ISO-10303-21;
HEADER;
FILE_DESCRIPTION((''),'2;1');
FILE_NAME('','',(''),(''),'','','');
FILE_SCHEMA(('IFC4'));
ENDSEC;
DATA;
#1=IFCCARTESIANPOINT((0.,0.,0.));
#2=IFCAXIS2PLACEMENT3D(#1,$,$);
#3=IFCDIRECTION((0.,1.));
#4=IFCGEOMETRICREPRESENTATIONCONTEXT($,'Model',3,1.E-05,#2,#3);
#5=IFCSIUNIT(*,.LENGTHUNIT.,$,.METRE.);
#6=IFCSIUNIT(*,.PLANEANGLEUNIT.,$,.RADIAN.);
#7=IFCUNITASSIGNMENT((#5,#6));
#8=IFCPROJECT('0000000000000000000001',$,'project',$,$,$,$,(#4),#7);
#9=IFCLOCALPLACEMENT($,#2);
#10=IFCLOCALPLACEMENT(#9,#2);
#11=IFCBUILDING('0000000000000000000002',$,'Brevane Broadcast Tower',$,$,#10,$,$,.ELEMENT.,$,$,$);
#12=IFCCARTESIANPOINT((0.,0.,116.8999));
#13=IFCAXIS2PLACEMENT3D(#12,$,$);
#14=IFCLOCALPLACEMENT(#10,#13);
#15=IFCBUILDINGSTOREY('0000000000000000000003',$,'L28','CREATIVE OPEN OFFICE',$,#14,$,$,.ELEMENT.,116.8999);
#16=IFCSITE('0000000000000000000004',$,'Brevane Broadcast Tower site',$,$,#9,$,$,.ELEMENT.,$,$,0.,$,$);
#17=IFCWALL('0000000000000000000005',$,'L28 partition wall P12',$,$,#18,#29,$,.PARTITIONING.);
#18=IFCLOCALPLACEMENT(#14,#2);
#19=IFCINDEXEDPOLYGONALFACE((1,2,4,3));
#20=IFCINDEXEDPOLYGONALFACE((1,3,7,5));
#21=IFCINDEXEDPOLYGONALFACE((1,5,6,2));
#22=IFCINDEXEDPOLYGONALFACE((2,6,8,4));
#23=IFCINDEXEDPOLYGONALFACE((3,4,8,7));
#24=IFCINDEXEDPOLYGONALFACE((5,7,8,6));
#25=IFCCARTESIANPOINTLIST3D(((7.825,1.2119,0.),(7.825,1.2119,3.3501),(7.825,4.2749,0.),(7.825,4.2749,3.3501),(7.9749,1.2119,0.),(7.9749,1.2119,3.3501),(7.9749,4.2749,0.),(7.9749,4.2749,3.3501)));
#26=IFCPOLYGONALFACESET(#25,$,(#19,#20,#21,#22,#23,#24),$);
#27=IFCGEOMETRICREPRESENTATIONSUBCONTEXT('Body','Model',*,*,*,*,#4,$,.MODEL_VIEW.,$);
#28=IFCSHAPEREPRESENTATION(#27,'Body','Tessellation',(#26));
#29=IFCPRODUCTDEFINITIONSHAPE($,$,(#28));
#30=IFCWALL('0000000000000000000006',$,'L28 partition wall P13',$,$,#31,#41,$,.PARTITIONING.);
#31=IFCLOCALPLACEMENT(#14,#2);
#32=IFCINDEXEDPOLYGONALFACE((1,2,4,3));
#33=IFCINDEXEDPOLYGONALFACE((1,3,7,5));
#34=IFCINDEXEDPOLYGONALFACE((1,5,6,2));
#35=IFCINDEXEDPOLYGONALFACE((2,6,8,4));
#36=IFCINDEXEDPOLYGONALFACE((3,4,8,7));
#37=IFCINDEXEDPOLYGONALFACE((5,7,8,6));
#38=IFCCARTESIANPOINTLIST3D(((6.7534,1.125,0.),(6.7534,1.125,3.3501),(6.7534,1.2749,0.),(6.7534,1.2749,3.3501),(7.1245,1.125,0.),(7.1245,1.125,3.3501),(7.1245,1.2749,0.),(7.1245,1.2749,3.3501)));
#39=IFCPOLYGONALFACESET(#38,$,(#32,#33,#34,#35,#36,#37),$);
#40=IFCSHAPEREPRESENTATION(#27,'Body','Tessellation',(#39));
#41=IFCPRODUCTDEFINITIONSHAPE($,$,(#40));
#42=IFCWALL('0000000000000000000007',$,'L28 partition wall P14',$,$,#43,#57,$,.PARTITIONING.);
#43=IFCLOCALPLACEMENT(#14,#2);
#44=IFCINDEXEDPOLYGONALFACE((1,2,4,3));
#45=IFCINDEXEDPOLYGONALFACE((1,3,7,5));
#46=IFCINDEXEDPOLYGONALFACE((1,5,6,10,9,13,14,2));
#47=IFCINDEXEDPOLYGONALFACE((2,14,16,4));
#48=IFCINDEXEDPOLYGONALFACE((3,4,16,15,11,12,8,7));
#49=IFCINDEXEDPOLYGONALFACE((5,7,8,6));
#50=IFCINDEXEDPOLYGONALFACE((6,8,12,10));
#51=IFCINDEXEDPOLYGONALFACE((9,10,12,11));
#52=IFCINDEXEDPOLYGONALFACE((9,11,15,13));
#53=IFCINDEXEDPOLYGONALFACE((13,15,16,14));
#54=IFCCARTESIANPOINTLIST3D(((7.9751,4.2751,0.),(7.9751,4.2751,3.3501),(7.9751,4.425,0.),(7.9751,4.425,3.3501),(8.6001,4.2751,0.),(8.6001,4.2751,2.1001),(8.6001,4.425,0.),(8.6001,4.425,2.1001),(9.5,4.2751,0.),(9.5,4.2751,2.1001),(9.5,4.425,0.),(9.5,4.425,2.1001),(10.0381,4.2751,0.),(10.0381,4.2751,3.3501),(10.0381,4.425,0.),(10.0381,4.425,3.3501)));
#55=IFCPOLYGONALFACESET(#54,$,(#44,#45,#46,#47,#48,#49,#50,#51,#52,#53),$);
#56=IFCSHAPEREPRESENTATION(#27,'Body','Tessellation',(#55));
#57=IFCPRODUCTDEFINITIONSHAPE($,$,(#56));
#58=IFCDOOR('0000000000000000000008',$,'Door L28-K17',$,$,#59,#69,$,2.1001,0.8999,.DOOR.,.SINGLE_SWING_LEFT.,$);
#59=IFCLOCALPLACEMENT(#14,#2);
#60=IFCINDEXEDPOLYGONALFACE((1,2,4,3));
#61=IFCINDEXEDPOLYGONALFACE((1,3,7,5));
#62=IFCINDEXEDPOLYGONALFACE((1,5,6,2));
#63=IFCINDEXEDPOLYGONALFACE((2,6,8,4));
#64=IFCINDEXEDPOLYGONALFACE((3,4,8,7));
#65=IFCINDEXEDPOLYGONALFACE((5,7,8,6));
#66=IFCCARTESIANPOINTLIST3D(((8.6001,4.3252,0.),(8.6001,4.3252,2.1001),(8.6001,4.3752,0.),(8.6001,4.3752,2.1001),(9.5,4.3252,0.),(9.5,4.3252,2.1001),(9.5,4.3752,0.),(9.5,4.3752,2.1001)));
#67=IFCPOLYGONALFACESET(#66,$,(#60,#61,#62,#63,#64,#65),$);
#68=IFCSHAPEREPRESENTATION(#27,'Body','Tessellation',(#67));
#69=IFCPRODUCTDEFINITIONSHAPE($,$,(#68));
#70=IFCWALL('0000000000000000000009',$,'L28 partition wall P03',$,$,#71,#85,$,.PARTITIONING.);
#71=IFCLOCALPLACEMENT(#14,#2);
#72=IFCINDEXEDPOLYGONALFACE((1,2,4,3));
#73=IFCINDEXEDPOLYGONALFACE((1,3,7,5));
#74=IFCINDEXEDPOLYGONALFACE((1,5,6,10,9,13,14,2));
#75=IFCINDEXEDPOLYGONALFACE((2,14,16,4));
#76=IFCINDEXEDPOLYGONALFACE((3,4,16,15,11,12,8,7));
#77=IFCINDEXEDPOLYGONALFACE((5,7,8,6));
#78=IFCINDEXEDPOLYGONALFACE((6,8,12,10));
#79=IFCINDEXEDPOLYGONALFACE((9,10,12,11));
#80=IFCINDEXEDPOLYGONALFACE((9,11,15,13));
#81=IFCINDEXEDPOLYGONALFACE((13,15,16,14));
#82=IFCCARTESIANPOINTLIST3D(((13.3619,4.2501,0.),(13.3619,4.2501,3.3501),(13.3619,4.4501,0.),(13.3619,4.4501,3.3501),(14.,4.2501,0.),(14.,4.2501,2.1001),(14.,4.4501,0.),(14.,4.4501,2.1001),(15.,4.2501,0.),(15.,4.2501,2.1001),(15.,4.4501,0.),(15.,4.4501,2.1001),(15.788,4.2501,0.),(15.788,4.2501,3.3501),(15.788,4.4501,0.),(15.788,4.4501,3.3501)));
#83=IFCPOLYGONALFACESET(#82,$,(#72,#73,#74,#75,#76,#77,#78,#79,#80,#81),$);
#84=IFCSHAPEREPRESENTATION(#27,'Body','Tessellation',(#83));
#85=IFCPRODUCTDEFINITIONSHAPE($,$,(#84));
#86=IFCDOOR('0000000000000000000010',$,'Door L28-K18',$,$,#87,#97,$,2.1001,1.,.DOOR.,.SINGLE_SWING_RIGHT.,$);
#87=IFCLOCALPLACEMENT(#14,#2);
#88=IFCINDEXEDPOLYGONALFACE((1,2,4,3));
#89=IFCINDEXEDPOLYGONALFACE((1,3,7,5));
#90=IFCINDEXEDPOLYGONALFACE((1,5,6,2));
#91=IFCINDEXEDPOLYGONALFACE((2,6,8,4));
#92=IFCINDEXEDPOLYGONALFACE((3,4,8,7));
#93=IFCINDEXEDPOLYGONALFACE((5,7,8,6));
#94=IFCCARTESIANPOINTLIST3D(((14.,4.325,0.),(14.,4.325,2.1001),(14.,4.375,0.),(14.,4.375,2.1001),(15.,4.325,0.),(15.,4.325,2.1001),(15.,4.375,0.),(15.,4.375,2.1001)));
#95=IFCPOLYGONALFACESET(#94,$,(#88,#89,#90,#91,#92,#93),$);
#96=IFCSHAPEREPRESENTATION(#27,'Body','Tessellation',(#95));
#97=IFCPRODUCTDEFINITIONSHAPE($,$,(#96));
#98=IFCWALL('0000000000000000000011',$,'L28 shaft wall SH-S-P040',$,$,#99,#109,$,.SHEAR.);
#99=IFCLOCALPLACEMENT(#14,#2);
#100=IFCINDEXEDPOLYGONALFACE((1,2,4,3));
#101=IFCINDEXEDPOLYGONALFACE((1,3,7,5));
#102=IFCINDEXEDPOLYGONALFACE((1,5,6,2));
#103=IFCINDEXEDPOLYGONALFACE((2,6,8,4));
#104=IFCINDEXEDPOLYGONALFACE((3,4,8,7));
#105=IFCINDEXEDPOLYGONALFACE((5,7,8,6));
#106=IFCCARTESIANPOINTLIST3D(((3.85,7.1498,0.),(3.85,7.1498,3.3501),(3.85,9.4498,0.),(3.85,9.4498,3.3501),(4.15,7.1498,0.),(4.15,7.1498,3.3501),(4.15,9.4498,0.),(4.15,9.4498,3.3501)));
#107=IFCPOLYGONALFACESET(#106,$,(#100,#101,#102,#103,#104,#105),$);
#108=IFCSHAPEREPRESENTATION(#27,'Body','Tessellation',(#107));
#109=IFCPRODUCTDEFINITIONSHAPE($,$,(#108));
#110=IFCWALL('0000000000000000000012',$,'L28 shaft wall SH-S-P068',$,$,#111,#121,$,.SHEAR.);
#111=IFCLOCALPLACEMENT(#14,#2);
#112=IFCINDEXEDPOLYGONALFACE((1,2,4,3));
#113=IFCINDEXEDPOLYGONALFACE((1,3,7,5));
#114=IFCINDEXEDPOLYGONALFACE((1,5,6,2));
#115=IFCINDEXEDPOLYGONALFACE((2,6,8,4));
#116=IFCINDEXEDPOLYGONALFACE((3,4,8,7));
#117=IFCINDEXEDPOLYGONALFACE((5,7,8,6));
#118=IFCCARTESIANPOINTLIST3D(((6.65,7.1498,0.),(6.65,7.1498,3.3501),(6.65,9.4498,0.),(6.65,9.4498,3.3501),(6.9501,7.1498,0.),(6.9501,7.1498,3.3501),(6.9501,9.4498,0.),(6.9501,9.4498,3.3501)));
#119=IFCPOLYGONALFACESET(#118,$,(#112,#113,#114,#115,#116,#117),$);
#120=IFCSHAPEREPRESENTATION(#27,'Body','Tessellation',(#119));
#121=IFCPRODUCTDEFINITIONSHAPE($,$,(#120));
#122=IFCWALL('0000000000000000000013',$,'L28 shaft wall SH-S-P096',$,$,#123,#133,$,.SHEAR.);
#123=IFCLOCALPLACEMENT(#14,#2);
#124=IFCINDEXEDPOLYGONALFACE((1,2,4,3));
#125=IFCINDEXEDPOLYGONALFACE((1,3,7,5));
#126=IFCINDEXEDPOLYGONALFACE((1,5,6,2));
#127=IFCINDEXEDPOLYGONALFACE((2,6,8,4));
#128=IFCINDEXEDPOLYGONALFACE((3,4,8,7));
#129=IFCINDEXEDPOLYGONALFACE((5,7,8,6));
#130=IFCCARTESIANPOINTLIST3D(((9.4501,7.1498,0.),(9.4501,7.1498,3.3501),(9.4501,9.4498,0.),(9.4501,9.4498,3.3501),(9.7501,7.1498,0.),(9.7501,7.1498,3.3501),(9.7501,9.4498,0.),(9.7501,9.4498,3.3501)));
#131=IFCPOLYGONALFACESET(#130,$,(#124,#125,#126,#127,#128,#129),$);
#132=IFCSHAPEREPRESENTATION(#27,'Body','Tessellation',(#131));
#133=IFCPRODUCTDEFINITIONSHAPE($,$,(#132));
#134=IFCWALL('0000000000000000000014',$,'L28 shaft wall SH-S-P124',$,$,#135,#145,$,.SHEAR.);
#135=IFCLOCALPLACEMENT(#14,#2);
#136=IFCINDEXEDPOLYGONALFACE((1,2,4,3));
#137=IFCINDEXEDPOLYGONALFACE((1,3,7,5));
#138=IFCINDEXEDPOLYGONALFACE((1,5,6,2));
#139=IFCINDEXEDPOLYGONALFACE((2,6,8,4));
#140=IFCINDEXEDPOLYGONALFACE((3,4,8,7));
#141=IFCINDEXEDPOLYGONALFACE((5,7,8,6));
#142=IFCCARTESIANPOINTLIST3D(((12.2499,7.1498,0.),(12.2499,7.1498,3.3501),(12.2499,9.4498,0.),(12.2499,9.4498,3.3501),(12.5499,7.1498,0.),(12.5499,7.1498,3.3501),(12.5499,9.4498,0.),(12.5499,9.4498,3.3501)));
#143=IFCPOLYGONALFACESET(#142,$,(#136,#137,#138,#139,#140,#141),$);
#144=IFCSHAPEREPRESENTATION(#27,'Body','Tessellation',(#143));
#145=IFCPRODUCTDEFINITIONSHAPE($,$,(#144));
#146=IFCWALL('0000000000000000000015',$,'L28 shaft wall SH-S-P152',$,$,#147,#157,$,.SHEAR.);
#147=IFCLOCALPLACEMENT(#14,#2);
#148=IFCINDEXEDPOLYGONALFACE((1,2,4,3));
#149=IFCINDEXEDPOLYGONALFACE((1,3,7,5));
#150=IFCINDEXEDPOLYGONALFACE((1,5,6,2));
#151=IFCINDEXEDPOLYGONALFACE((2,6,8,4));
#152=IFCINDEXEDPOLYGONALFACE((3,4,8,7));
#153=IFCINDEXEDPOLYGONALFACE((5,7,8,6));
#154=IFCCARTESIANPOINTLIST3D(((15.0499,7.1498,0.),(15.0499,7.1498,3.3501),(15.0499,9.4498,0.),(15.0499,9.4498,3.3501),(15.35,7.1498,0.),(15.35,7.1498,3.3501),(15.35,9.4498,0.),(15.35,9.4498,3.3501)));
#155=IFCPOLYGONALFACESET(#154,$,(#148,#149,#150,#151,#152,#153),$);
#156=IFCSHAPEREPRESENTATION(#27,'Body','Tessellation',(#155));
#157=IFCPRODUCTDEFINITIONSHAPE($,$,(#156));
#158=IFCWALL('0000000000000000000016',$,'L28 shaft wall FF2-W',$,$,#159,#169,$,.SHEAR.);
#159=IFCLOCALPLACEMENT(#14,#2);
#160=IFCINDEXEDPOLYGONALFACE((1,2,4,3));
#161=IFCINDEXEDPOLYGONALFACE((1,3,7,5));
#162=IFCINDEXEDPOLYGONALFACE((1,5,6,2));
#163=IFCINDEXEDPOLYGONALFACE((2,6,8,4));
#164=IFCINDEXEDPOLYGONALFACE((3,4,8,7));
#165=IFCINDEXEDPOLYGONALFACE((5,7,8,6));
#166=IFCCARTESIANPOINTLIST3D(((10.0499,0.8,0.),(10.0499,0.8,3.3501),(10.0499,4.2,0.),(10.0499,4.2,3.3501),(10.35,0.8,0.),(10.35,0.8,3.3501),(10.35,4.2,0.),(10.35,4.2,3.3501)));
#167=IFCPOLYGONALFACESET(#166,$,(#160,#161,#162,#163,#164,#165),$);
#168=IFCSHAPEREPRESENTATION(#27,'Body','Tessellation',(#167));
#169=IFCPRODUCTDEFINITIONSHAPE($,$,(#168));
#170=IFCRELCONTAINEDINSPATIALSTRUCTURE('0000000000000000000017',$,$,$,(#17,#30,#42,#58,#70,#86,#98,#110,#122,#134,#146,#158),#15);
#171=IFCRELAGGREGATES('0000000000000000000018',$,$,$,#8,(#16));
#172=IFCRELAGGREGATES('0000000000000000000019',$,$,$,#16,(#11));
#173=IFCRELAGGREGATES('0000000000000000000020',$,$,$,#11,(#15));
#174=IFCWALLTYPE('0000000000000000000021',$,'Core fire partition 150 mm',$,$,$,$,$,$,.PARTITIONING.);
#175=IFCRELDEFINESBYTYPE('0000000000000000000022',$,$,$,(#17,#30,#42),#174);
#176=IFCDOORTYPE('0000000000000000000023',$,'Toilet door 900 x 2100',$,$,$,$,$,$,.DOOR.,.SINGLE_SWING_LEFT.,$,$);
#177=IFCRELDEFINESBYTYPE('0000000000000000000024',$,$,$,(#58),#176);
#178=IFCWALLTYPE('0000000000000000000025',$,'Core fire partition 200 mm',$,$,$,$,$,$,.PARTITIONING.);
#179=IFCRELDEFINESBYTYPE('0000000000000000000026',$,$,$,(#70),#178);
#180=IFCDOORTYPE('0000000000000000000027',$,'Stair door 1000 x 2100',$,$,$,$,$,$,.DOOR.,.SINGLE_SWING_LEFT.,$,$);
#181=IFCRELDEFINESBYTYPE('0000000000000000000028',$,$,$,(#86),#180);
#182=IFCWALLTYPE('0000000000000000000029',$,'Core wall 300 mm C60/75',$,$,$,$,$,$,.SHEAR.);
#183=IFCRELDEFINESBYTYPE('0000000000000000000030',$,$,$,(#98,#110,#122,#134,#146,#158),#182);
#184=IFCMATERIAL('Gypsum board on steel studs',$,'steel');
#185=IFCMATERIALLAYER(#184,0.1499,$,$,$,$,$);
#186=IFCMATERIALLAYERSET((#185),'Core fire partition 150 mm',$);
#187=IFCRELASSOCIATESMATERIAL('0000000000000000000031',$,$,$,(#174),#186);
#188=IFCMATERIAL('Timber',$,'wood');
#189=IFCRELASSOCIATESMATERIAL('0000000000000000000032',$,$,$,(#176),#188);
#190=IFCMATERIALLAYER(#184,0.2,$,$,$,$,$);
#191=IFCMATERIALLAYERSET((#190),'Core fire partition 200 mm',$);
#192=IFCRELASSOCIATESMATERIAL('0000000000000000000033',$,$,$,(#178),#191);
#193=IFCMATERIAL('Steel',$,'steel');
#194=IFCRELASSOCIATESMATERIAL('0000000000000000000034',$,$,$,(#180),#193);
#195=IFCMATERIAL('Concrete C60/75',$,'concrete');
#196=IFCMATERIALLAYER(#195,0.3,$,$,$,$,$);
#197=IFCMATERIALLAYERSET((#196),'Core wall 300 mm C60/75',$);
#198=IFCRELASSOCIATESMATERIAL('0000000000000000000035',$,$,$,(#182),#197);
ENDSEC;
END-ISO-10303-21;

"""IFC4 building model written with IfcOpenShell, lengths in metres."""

from ifc_helpers import new_model, si_unit, direction, frame, frame_2d, origin, place, context, subcontext, project, spatial, rectangle, extrude, material, layer, layer_set, type_object, element, fill, save


model = new_model("IFC4")

# Units and contexts
model_context = context("Model", 3, precision=1e-05, world=origin(), true_north=direction((0.0, 1.0)))
body_context = subcontext(model_context, "Body", "Model", "MODEL_VIEW")
ifc_project = project(units=[si_unit("LENGTHUNIT", "METRE"), si_unit("PLANEANGLEUNIT", "RADIAN")], contexts=[model_context])

# Site, building, storey
site_placement = place(None, origin())
site = spatial("IfcSite", under=ifc_project, at=site_placement, Name="Brevane Broadcast Tower site", CompositionType="ELEMENT", RefElevation=0.0)
building_placement = place(site_placement, origin())
building = spatial("IfcBuilding", under=site, at=building_placement, Name="Brevane Broadcast Tower", CompositionType="ELEMENT")
storey_placement = place(building_placement, frame((0.0, 0.0, 116.8999)))
storey = spatial("IfcBuildingStorey", under=building, at=storey_placement, Name="L28", Description="CREATIVE OPEN OFFICE", CompositionType="ELEMENT", Elevation=116.8999)

# Shared definitions
ifc_material_1 = material(Name="Gypsum board on steel studs", Category="steel")
ifc_layer_1 = layer(ifc_material_1, 0.1499)
ifc_layer_set_1 = layer_set([ifc_layer_1], Name="Core fire partition 150 mm")
wall_type_1 = type_object("IfcWallType", Name="Core fire partition 150 mm", PredefinedType="PARTITIONING", material=ifc_layer_set_1)

# Shared definitions
ifc_material_2 = material(Name="Timber", Category="wood")
door_type_1 = type_object("IfcDoorType", Name="Toilet door 900 x 2100", OperationType="SINGLE_SWING_LEFT", PredefinedType="DOOR", material=ifc_material_2)

# Walls
wall_1_placement = place(storey_placement, frame((7.8999, 4.2749, 0.0), z_axis=(0.0, 0.0, 1.0), x_axis=(0.0, -1.0, 0.0)))
element("IfcWall", 1, at=wall_1_placement, inside=storey, type_object=wall_type_1, Name="L28 partition wall P12", PredefinedType="PARTITIONING", context=body_context, shape_type="SweptSolid", body=[
    extrude(rectangle(XDim=3.063, YDim=0.1499, at=frame_2d((1.5315, 0.0))), origin(), (0.0, 0.0, 1.0), 3.3501),
])
wall_2_placement = place(storey_placement, frame((7.1245, 1.2, 0.0), z_axis=(0.0, 0.0, 1.0), x_axis=(-1.0, 0.0, 0.0)))
element("IfcWall", 2, at=wall_2_placement, inside=storey, type_object=wall_type_1, Name="L28 partition wall P13", PredefinedType="PARTITIONING", context=body_context, shape_type="SweptSolid", body=[
    extrude(rectangle(XDim=0.3711, YDim=0.1499, at=frame_2d((0.1855, 0.0))), origin(), (0.0, 0.0, 1.0), 3.3501),
])

# Walls, openings, doors
wall_3_placement = place(storey_placement, frame((10.0381, 4.3501, 0.0), z_axis=(0.0, 0.0, 1.0), x_axis=(-1.0, 0.0, 0.0)))
wall_3 = element("IfcWall", 3, at=wall_3_placement, inside=storey, type_object=wall_type_1, Name="L28 partition wall P14", PredefinedType="PARTITIONING", context=body_context, shape_type="SweptSolid", body=[
    extrude(rectangle(XDim=2.063, YDim=0.1499, at=frame_2d((1.0315, 0.0))), origin(), (0.0, 0.0, 1.0), 3.3501),
])
opening_1_placement = place(wall_3_placement, frame((0.5381, 0.0, 0.0)))
opening_1 = element("IfcOpeningElement", 4, at=opening_1_placement, cuts=wall_3, PredefinedType="OPENING", context=body_context, shape_type="SweptSolid", body=[
    extrude(rectangle(XDim=0.8999, YDim=2.1001, at=frame_2d((0.45, 1.05))), frame((0.0, 0.085, 0.0), z_axis=(0.0, -1.0, 0.0), x_axis=(1.0, 0.0, 0.0)), (0.0, 0.0, 1.0), 0.1699),
])
door_1_placement = place(opening_1_placement, origin())
door_1 = element("IfcDoor", 5, at=door_1_placement, inside=storey, type_object=door_type_1, Name="Door L28-K17", OperationType="SINGLE_SWING_LEFT", OverallHeight=2.1001, OverallWidth=0.8999, PredefinedType="DOOR", context=body_context, shape_type="SweptSolid", body=[
    extrude(rectangle(XDim=0.8999, YDim=2.1001, at=frame_2d((0.45, 1.05))), frame((0.0, 0.0249, 0.0), z_axis=(0.0, -1.0, 0.0), x_axis=(1.0, 0.0, 0.0)), (0.0, 0.0, 1.0), 0.05),
])
fill(opening_1, door_1)
ifc_layer_2 = layer(ifc_material_1, 0.2)
ifc_layer_set_2 = layer_set([ifc_layer_2], Name="Core fire partition 200 mm")
wall_type_2 = type_object("IfcWallType", Name="Core fire partition 200 mm", PredefinedType="PARTITIONING", material=ifc_layer_set_2)
wall_4_placement = place(storey_placement, frame((13.3621, 4.3501, 0.0), z_axis=(0.0, 0.0, 1.0), x_axis=(1.0, 0.0, 0.0)))
wall_4 = element("IfcWall", 6, at=wall_4_placement, inside=storey, type_object=wall_type_2, Name="L28 partition wall P03", PredefinedType="PARTITIONING", context=body_context, shape_type="SweptSolid", body=[
    extrude(rectangle(XDim=2.426, YDim=0.2, at=frame_2d((1.2129, 0.0))), origin(), (0.0, 0.0, 1.0), 3.3501),
])
opening_2_placement = place(wall_4_placement, frame((0.6379, 0.0, 0.0)))
opening_2 = element("IfcOpeningElement", 7, at=opening_2_placement, cuts=wall_4, PredefinedType="OPENING", context=body_context, shape_type="SweptSolid", body=[
    extrude(rectangle(XDim=1.0, YDim=2.1001, at=frame_2d((0.5, 1.05))), frame((0.0, 0.1099, 0.0), z_axis=(0.0, -1.0, 0.0), x_axis=(1.0, 0.0, 0.0)), (0.0, 0.0, 1.0), 0.22),
])
ifc_material_3 = material(Name="Steel", Category="steel")
door_type_2 = type_object("IfcDoorType", Name="Stair door 1000 x 2100", OperationType="SINGLE_SWING_LEFT", PredefinedType="DOOR", material=ifc_material_3)
door_2_placement = place(opening_2_placement, origin())
door_2 = element("IfcDoor", 8, at=door_2_placement, inside=storey, type_object=door_type_2, Name="Door L28-K18", OperationType="SINGLE_SWING_RIGHT", OverallHeight=2.1001, OverallWidth=1.0, PredefinedType="DOOR", context=body_context, shape_type="SweptSolid", body=[
    extrude(rectangle(XDim=1.0, YDim=2.1001, at=frame_2d((0.5, 1.05))), frame((0.0, 0.0249, 0.0), z_axis=(0.0, -1.0, 0.0), x_axis=(1.0, 0.0, 0.0)), (0.0, 0.0, 1.0), 0.05),
])
fill(opening_2, door_2)

# Walls
ifc_material_4 = material(Name="Concrete C60/75", Category="concrete")
ifc_layer_3 = layer(ifc_material_4, 0.3)
ifc_layer_set_3 = layer_set([ifc_layer_3], Name="Core wall 300 mm C60/75")
wall_type_3 = type_object("IfcWallType", Name="Core wall 300 mm C60/75", PredefinedType="SHEAR", material=ifc_layer_set_3)
for number, where, z_axis, x_axis, name in (
    (9, (4.0, 7.1499, 0.0), (0.0, 0.0, 1.0), (0.0, 1.0, 0.0), "L28 shaft wall SH-S-P040"),
    (10, (6.8, 7.1499, 0.0), (0.0, 0.0, 1.0), (0.0, 1.0, 0.0), "L28 shaft wall SH-S-P068"),
    (11, (9.6001, 7.1499, 0.0), (0.0, 0.0, 1.0), (0.0, 1.0, 0.0), "L28 shaft wall SH-S-P096"),
    (12, (12.3999, 7.1499, 0.0), (0.0, 0.0, 1.0), (0.0, 1.0, 0.0), "L28 shaft wall SH-S-P124"),
    (13, (15.2, 7.1499, 0.0), (0.0, 0.0, 1.0), (0.0, 1.0, 0.0), "L28 shaft wall SH-S-P152"),
):
    element("IfcWall", number, at=place(storey_placement, frame(where, z_axis=z_axis, x_axis=x_axis)), inside=storey, type_object=wall_type_3, Name=name, PredefinedType="SHEAR", context=body_context, shape_type="SweptSolid", body=[
        extrude(rectangle(XDim=2.3, YDim=0.3, at=frame_2d((1.1499, 0.0))), origin(), (0.0, 0.0, 1.0), 3.3501),
    ])
wall_5_placement = place(storey_placement, frame((10.2, 0.8, 0.0), z_axis=(0.0, 0.0, 1.0), x_axis=(0.0, 1.0, 0.0)))
element("IfcWall", 14, at=wall_5_placement, inside=storey, type_object=wall_type_3, Name="L28 shaft wall FF2-W", PredefinedType="SHEAR", context=body_context, shape_type="SweptSolid", body=[
    extrude(rectangle(XDim=3.3999, YDim=0.3, at=frame_2d((1.7, 0.0))), origin(), (0.0, 0.0, 1.0), 3.3501),
])

save(model, "model.ifc")
